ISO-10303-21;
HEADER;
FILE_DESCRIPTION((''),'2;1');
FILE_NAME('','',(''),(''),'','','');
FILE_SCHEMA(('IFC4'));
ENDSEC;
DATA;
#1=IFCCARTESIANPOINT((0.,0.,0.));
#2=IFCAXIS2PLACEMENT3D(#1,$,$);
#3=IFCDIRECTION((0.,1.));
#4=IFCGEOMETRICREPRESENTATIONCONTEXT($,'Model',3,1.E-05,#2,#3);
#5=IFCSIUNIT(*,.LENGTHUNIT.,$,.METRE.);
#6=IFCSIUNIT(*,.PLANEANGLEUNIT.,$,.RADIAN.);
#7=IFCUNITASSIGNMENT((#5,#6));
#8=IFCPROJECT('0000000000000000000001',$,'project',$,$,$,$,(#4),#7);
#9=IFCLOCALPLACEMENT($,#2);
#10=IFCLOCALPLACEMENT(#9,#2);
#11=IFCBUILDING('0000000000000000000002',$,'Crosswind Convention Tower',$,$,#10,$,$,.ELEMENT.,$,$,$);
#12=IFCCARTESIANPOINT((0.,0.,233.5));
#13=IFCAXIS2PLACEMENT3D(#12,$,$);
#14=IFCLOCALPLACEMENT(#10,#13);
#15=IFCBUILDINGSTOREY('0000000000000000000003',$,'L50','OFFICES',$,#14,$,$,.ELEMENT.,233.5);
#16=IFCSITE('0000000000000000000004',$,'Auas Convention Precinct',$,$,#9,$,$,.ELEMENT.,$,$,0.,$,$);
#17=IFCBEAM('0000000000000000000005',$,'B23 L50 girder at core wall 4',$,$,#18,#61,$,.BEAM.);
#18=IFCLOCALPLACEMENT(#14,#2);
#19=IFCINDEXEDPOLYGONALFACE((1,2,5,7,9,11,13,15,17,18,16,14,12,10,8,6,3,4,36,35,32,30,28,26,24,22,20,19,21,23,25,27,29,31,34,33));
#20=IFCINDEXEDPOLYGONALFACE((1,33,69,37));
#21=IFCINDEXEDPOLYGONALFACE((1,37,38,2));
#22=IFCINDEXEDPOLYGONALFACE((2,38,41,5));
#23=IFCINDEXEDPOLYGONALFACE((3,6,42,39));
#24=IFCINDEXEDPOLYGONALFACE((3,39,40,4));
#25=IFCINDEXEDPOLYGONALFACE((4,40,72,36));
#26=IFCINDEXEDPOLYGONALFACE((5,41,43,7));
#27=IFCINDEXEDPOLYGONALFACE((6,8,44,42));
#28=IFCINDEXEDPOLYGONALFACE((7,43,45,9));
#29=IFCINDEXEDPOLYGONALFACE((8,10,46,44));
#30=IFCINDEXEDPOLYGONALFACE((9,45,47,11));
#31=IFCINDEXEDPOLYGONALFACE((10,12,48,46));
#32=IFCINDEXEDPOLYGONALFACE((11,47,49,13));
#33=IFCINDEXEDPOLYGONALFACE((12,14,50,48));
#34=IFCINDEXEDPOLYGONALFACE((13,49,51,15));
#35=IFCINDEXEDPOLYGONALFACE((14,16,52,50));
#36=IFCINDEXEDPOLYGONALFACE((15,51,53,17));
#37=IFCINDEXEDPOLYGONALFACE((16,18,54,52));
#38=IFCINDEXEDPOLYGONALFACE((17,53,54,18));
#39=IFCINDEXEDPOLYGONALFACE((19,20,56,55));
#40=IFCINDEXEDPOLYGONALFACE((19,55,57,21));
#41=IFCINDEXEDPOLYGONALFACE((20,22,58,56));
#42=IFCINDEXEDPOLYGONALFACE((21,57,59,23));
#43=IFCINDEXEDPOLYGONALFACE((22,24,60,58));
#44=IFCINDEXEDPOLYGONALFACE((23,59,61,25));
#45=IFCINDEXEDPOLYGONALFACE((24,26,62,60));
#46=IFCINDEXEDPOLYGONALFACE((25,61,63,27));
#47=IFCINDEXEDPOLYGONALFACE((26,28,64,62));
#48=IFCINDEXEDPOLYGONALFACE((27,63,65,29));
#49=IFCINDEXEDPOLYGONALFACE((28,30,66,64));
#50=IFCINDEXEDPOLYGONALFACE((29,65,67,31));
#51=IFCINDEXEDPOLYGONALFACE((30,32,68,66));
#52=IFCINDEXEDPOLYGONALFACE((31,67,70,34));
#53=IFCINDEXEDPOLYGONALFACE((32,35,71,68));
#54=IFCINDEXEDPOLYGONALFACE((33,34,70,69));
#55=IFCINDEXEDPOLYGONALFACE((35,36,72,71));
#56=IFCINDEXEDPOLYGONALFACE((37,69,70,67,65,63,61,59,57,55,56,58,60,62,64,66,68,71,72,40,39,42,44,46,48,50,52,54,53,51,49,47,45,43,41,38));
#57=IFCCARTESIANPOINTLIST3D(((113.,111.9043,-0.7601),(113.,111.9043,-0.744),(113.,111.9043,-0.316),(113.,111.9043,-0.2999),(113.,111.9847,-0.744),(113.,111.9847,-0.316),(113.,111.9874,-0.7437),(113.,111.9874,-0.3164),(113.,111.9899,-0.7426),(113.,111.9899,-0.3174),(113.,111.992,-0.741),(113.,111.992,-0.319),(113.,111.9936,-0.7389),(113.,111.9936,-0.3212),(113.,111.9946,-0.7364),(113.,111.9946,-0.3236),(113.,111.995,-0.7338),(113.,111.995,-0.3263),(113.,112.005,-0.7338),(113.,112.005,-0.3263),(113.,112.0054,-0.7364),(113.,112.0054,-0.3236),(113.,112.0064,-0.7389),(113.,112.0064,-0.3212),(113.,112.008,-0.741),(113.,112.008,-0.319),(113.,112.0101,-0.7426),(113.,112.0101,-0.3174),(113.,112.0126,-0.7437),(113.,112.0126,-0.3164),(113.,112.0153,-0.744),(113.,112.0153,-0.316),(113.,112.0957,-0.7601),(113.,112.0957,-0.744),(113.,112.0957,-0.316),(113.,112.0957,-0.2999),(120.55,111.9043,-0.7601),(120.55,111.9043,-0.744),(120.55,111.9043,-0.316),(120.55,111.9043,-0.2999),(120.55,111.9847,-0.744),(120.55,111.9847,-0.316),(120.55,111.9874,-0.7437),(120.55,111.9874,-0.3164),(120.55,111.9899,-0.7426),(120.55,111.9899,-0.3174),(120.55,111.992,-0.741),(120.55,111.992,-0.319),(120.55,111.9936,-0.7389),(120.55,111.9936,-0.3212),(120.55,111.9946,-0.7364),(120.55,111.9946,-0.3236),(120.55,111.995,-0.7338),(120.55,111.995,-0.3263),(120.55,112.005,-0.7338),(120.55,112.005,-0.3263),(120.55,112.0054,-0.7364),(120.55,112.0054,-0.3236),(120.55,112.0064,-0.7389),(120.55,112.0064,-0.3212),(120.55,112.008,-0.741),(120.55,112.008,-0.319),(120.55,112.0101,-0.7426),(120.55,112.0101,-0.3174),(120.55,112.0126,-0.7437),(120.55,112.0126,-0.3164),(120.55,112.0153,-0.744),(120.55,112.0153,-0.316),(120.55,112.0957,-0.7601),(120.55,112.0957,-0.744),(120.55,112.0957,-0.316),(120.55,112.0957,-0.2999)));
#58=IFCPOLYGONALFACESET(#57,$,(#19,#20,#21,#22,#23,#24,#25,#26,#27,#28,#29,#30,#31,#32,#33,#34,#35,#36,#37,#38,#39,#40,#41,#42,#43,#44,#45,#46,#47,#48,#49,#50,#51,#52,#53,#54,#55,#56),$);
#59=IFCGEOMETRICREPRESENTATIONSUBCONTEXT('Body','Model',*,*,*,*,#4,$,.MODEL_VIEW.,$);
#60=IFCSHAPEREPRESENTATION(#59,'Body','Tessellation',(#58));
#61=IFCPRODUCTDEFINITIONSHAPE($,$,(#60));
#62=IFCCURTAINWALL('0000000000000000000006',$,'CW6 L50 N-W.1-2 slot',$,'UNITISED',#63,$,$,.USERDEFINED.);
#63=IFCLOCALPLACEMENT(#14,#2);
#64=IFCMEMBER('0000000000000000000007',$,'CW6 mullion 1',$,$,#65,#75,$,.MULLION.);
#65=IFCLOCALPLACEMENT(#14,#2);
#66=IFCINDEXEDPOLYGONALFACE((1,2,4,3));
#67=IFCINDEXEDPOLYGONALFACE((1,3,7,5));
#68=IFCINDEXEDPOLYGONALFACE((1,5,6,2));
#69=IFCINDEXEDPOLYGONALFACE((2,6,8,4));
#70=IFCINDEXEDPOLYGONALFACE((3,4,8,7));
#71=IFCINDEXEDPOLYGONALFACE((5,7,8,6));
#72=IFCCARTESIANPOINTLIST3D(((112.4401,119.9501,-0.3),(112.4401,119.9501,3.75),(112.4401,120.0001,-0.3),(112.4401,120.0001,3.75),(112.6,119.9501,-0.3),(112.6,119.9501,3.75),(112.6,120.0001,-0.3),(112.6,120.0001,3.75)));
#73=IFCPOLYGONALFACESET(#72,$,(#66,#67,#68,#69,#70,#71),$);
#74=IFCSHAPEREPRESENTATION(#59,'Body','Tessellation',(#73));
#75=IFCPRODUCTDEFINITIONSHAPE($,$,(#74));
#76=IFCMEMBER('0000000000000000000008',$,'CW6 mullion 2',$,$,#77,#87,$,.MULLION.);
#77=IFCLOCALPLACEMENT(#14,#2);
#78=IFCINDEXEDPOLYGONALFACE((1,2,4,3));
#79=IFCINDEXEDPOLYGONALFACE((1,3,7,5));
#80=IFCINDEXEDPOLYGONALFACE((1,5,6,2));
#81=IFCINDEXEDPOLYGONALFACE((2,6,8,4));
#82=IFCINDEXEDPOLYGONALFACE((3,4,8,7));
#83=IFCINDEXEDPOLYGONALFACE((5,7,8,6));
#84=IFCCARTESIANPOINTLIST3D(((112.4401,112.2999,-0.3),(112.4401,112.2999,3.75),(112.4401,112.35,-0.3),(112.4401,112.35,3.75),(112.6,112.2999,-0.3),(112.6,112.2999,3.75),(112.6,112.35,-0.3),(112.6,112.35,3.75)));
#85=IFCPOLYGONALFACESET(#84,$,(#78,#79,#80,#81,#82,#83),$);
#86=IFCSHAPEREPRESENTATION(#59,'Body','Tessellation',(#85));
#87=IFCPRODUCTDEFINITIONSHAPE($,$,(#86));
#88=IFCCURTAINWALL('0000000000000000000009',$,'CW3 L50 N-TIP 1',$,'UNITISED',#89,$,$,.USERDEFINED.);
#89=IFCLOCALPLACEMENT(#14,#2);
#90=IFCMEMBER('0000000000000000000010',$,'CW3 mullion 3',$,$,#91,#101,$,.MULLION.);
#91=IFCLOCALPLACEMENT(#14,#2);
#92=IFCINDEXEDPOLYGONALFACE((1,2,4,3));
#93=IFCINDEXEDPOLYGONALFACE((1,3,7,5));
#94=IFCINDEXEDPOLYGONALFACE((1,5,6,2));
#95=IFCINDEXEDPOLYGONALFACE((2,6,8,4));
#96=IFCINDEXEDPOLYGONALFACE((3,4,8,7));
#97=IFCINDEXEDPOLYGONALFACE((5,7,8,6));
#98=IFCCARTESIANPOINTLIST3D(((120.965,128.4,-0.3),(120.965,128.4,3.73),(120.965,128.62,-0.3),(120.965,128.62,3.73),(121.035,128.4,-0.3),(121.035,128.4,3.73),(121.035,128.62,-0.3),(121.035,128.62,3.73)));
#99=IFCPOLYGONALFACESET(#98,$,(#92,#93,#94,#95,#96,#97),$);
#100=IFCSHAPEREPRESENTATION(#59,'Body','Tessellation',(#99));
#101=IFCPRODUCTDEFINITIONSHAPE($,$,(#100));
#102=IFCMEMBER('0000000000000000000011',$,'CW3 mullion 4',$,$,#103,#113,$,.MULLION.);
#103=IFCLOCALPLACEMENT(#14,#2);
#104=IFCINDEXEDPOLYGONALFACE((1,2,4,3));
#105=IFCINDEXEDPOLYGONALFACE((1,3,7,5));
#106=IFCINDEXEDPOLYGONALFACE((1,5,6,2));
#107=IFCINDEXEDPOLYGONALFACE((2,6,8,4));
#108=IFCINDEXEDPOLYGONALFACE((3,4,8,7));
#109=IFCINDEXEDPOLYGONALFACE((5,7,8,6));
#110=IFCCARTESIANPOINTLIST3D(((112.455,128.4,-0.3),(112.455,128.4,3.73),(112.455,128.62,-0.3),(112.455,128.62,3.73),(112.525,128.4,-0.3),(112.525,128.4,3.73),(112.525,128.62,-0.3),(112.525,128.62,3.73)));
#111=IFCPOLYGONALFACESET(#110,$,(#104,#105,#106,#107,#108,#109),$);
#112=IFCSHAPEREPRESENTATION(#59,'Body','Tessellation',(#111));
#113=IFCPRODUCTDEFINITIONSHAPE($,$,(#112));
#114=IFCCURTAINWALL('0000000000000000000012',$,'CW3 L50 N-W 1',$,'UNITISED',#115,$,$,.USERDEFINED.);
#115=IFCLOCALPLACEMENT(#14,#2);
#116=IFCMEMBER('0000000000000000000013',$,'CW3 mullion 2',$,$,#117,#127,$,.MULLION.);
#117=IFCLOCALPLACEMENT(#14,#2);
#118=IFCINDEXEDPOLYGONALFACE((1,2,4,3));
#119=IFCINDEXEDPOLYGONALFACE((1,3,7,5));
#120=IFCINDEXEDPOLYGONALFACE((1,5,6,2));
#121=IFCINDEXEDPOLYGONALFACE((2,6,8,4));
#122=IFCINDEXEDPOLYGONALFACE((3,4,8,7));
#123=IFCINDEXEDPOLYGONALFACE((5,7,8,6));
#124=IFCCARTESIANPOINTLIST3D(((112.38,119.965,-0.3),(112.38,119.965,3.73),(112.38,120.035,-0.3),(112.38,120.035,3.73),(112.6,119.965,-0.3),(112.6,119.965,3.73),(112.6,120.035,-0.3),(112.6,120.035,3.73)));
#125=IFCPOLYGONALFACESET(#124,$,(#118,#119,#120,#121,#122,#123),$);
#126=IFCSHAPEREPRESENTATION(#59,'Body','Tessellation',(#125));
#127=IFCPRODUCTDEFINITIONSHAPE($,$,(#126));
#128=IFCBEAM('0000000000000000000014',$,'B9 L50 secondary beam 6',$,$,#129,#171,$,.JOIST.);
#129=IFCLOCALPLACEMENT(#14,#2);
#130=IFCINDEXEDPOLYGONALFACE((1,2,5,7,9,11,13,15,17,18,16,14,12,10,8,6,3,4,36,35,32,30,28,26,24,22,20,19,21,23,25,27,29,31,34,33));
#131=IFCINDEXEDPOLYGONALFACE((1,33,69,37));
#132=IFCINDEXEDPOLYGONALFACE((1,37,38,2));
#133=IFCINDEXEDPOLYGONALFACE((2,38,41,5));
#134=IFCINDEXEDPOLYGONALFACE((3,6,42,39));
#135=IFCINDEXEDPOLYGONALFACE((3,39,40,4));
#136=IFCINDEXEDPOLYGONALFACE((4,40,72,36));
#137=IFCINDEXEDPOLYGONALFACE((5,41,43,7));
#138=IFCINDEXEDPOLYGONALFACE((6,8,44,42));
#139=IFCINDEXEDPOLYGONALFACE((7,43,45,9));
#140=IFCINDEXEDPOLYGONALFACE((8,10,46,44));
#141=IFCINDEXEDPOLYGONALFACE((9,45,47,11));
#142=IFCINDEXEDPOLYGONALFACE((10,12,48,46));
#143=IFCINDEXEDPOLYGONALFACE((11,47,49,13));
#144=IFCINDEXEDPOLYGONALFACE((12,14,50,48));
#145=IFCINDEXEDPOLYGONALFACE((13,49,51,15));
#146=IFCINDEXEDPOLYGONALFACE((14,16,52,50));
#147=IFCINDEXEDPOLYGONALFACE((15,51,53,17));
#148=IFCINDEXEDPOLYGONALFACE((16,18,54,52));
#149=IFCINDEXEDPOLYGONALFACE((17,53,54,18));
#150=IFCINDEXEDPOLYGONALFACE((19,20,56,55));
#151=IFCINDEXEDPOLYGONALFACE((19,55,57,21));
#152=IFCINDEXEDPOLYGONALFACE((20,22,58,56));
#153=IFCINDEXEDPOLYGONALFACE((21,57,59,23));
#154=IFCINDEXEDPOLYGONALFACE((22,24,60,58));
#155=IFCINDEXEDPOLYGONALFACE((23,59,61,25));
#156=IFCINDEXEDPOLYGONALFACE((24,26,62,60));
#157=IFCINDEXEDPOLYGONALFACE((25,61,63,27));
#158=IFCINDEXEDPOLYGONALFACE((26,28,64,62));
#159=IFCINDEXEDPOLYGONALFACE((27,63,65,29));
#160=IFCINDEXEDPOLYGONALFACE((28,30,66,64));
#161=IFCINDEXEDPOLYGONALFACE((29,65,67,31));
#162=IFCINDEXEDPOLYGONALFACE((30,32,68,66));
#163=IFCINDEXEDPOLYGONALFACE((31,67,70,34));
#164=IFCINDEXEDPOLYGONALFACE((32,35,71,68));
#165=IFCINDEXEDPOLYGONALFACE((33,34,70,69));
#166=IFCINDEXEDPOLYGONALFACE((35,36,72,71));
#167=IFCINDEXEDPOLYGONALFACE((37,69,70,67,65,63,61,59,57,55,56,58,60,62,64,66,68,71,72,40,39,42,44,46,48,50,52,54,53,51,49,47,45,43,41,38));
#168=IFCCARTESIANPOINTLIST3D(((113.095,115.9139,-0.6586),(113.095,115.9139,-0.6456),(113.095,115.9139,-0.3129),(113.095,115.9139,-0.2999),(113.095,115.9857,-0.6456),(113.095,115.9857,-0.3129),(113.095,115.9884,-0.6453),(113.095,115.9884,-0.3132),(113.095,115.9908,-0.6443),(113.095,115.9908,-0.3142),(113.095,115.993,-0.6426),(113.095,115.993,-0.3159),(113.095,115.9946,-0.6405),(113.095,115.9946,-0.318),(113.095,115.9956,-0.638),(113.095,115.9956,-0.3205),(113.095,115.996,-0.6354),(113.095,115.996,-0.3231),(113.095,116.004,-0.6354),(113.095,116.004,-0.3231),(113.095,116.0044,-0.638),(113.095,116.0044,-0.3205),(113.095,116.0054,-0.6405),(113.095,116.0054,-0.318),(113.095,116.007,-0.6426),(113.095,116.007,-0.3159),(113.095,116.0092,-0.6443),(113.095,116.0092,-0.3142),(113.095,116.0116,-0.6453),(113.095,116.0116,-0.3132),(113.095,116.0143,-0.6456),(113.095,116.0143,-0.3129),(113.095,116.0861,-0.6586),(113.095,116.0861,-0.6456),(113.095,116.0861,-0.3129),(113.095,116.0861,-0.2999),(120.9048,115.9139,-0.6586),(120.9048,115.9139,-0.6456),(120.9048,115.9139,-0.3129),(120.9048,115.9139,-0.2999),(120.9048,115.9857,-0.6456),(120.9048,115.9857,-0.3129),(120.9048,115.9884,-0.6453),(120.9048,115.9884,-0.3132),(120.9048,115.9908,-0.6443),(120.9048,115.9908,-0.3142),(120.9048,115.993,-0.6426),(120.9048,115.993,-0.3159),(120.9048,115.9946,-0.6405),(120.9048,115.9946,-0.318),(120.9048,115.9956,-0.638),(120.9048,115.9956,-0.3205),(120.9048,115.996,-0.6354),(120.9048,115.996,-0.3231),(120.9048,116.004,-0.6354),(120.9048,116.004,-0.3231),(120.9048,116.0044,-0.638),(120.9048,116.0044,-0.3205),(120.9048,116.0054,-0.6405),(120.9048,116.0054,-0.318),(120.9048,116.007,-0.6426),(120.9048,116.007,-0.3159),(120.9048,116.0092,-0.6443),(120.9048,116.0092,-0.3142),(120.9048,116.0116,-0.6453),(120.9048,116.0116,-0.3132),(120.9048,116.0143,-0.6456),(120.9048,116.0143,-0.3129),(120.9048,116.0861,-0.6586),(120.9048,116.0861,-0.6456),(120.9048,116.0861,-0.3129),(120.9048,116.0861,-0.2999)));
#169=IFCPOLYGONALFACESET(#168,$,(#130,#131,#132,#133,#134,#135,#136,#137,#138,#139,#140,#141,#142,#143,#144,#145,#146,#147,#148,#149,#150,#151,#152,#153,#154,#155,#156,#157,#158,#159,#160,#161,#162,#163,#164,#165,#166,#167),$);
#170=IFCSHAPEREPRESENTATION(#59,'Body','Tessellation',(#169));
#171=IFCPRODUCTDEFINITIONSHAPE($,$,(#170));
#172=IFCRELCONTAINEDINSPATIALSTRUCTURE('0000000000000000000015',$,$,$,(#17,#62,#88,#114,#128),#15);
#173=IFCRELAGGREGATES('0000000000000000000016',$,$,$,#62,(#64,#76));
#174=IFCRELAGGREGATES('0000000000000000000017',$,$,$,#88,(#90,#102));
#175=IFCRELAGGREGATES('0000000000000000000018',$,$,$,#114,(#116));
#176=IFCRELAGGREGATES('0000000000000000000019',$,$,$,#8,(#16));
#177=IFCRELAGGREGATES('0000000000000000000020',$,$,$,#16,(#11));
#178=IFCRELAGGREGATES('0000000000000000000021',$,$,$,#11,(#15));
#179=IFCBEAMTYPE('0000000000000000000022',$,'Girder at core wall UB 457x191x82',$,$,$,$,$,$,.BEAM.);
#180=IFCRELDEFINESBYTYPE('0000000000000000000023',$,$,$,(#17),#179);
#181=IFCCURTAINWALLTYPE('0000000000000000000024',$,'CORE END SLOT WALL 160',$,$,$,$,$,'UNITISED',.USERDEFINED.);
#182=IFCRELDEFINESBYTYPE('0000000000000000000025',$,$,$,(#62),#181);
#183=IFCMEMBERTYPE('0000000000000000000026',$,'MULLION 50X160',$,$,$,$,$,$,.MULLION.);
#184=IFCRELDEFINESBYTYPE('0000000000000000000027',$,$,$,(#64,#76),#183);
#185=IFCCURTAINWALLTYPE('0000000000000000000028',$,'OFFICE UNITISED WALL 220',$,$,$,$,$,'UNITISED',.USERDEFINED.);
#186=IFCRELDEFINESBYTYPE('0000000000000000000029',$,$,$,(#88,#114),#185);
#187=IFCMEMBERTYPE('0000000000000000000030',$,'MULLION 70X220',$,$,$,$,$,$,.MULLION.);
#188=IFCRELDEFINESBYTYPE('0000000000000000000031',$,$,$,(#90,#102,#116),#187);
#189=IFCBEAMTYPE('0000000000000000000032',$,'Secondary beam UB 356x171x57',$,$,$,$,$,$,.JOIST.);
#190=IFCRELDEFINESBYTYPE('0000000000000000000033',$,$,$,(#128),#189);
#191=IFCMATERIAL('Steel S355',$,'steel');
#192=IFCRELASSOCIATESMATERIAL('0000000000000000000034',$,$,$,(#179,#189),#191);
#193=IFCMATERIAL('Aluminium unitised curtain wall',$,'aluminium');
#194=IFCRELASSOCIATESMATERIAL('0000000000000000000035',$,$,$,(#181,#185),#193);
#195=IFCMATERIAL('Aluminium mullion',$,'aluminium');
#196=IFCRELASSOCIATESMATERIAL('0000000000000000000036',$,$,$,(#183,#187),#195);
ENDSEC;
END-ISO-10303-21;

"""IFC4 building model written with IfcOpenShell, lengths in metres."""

from ifc_helpers import new_model, si_unit, direction, frame, origin, origin_2d, place, context, subcontext, project, spatial, rectangle, i_section, extrude, material, material_profile, profile_set, type_object, element, aggregate, save


model = new_model("IFC4")

# Units and contexts
model_context = context("Model", 3, precision=1e-05, world=origin(), true_north=direction((0.0, 1.0)))
body_context = subcontext(model_context, "Body", "Model", "MODEL_VIEW")
ifc_project = project(units=[si_unit("LENGTHUNIT", "METRE"), si_unit("PLANEANGLEUNIT", "RADIAN")], contexts=[model_context])

# Site, building, storey
site_placement = place(None, origin())
site = spatial("IfcSite", under=ifc_project, at=site_placement, Name="Auas Convention Precinct", CompositionType="ELEMENT", RefElevation=0.0)
building_placement = place(site_placement, origin())
building = spatial("IfcBuilding", under=site, at=building_placement, Name="Crosswind Convention Tower", CompositionType="ELEMENT")
storey_placement = place(building_placement, frame((0.0, 0.0, 233.5)))
storey = spatial("IfcBuildingStorey", under=building, at=storey_placement, Name="L50", Description="OFFICES", CompositionType="ELEMENT", Elevation=233.5)

# Beam
ifc_material_1 = material(Name="Steel S355", Category="steel")
ifc_material_profile_1 = material_profile(ifc_material_1, i_section(OverallWidth=0.1914, OverallDepth=0.4602, WebThickness=0.01, FlangeThickness=0.0161, FilletRadius=0.0103, at=origin_2d()), Name="UB 457x191x82")
ifc_profile_set_1 = profile_set([ifc_material_profile_1], Name="Steel S355")
beam_type_1 = type_object("IfcBeamType", Name="Girder at core wall UB 457x191x82", PredefinedType="BEAM", material=ifc_profile_set_1)
beam_1_placement = place(storey_placement, frame((113.0, 112.0, -0.53), z_axis=(1.0, 0.0, 0.0), x_axis=(0.0, 1.0, 0.0)))
element("IfcBeam", 1, at=beam_1_placement, inside=storey, type_object=beam_type_1, Name="B23 L50 girder at core wall 4", PredefinedType="BEAM", context=body_context, shape_type="SweptSolid", body=[
    extrude(i_section(OverallWidth=0.1914, OverallDepth=0.4602, WebThickness=0.01, FlangeThickness=0.0161, FilletRadius=0.0103, at=origin_2d()), origin(), (0.0, 0.0, 1.0), 7.55),
])

# Curtain walls, members
ifc_material_2 = material(Name="Aluminium unitised curtain wall", Category="aluminium")
curtain_wall_type_1 = type_object("IfcCurtainWallType", Name="CORE END SLOT WALL 160", ElementType="UNITISED", PredefinedType="USERDEFINED", material=ifc_material_2)
curtain_wall_1_placement = place(storey_placement, origin())
curtain_wall_1 = element("IfcCurtainWall", 2, at=curtain_wall_1_placement, inside=storey, type_object=curtain_wall_type_1, Name="CW6 L50 N-W.1-2 slot", ObjectType="UNITISED", PredefinedType="USERDEFINED")
ifc_material_3 = material(Name="Aluminium mullion", Category="aluminium")
ifc_material_profile_2 = material_profile(ifc_material_3, rectangle(XDim=0.1599, YDim=0.05, at=origin_2d()), Name="AL 160X50")
ifc_profile_set_2 = profile_set([ifc_material_profile_2], Name="Aluminium mullion")
member_type_1 = type_object("IfcMemberType", Name="MULLION 50X160", PredefinedType="MULLION", material=ifc_profile_set_2)
member_1_placement = place(storey_placement, frame((112.52, 119.9751, -0.3), z_axis=(0.0, 0.0, 1.0), x_axis=(-1.0, 0.0, 0.0)))
member_1 = element("IfcMember", 3, at=member_1_placement, type_object=member_type_1, Name="CW6 mullion 1", PredefinedType="MULLION", context=body_context, shape_type="SweptSolid", body=[
    extrude(rectangle(XDim=0.1599, YDim=0.05, at=origin_2d()), origin(), (0.0, 0.0, 1.0), 4.05),
])
member_2_placement = place(storey_placement, frame((112.52, 112.325, -0.3), z_axis=(0.0, 0.0, 1.0), x_axis=(-1.0, 0.0, 0.0)))
member_2 = element("IfcMember", 4, at=member_2_placement, type_object=member_type_1, Name="CW6 mullion 2", PredefinedType="MULLION", context=body_context, shape_type="SweptSolid", body=[
    extrude(rectangle(XDim=0.1599, YDim=0.05, at=origin_2d()), origin(), (0.0, 0.0, 1.0), 4.05),
])
curtain_wall_type_2 = type_object("IfcCurtainWallType", Name="OFFICE UNITISED WALL 220", ElementType="UNITISED", PredefinedType="USERDEFINED", material=ifc_material_2)
curtain_wall_2_placement = place(storey_placement, origin())
curtain_wall_2 = element("IfcCurtainWall", 5, at=curtain_wall_2_placement, inside=storey, type_object=curtain_wall_type_2, Name="CW3 L50 N-TIP 1", ObjectType="UNITISED", PredefinedType="USERDEFINED")
ifc_material_profile_3 = material_profile(ifc_material_3, rectangle(XDim=0.22, YDim=0.0701, at=origin_2d()), Name="AL 220X70")
ifc_profile_set_3 = profile_set([ifc_material_profile_3], Name="Aluminium mullion")
member_type_2 = type_object("IfcMemberType", Name="MULLION 70X220", PredefinedType="MULLION", material=ifc_profile_set_3)
member_3_placement = place(storey_placement, frame((121.0, 128.51, -0.3), z_axis=(0.0, 0.0, 1.0), x_axis=(0.0, 1.0, 0.0)))
member_3 = element("IfcMember", 6, at=member_3_placement, type_object=member_type_2, Name="CW3 mullion 3", PredefinedType="MULLION", context=body_context, shape_type="SweptSolid", body=[
    extrude(rectangle(XDim=0.22, YDim=0.0701, at=origin_2d()), origin(), (0.0, 0.0, 1.0), 4.03),
])
member_4_placement = place(storey_placement, frame((112.49, 128.51, -0.3), z_axis=(0.0, 0.0, 1.0), x_axis=(0.0, 1.0, 0.0)))
member_4 = element("IfcMember", 7, at=member_4_placement, type_object=member_type_2, Name="CW3 mullion 4", PredefinedType="MULLION", context=body_context, shape_type="SweptSolid", body=[
    extrude(rectangle(XDim=0.22, YDim=0.0701, at=origin_2d()), origin(), (0.0, 0.0, 1.0), 4.03),
])

# Curtain wall, member
curtain_wall_3_placement = place(storey_placement, origin())
curtain_wall_3 = element("IfcCurtainWall", 8, at=curtain_wall_3_placement, inside=storey, type_object=curtain_wall_type_2, Name="CW3 L50 N-W 1", ObjectType="UNITISED", PredefinedType="USERDEFINED")
member_5_placement = place(storey_placement, frame((112.49, 120.0, -0.3), z_axis=(0.0, 0.0, 1.0), x_axis=(-1.0, 0.0, 0.0)))
member_5 = element("IfcMember", 9, at=member_5_placement, type_object=member_type_2, Name="CW3 mullion 2", PredefinedType="MULLION", context=body_context, shape_type="SweptSolid", body=[
    extrude(rectangle(XDim=0.22, YDim=0.0701, at=origin_2d()), origin(), (0.0, 0.0, 1.0), 4.03),
])

# Beam
ifc_material_profile_4 = material_profile(ifc_material_1, i_section(OverallWidth=0.1721, OverallDepth=0.3586, WebThickness=0.0081, FlangeThickness=0.0129, FilletRadius=0.0103, at=origin_2d()), Name="UB 356x171x57")
ifc_profile_set_4 = profile_set([ifc_material_profile_4], Name="Steel S355")
beam_type_2 = type_object("IfcBeamType", Name="Secondary beam UB 356x171x57", PredefinedType="JOIST", material=ifc_profile_set_4)
for number, where, z_axis, x_axis, name in (
    (10, (113.095, 116.0, -0.4792), (1.0, 0.0, 0.0), (0.0, 1.0, 0.0), "B9 L50 secondary beam 6"),
):
    element("IfcBeam", number, at=place(storey_placement, frame(where, z_axis=z_axis, x_axis=x_axis)), inside=storey, type_object=beam_type_2, Name=name, PredefinedType="JOIST", context=body_context, shape_type="SweptSolid", body=[
        extrude(i_section(OverallWidth=0.1721, OverallDepth=0.3586, WebThickness=0.0081, FlangeThickness=0.0129, FilletRadius=0.0103, at=origin_2d()), origin(), (0.0, 0.0, 1.0), 7.8098),
    ])

aggregate(curtain_wall_1, [member_1, member_2])
aggregate(curtain_wall_2, [member_3, member_4])

aggregate(curtain_wall_3, [member_5])

save(model, "model.ifc")
